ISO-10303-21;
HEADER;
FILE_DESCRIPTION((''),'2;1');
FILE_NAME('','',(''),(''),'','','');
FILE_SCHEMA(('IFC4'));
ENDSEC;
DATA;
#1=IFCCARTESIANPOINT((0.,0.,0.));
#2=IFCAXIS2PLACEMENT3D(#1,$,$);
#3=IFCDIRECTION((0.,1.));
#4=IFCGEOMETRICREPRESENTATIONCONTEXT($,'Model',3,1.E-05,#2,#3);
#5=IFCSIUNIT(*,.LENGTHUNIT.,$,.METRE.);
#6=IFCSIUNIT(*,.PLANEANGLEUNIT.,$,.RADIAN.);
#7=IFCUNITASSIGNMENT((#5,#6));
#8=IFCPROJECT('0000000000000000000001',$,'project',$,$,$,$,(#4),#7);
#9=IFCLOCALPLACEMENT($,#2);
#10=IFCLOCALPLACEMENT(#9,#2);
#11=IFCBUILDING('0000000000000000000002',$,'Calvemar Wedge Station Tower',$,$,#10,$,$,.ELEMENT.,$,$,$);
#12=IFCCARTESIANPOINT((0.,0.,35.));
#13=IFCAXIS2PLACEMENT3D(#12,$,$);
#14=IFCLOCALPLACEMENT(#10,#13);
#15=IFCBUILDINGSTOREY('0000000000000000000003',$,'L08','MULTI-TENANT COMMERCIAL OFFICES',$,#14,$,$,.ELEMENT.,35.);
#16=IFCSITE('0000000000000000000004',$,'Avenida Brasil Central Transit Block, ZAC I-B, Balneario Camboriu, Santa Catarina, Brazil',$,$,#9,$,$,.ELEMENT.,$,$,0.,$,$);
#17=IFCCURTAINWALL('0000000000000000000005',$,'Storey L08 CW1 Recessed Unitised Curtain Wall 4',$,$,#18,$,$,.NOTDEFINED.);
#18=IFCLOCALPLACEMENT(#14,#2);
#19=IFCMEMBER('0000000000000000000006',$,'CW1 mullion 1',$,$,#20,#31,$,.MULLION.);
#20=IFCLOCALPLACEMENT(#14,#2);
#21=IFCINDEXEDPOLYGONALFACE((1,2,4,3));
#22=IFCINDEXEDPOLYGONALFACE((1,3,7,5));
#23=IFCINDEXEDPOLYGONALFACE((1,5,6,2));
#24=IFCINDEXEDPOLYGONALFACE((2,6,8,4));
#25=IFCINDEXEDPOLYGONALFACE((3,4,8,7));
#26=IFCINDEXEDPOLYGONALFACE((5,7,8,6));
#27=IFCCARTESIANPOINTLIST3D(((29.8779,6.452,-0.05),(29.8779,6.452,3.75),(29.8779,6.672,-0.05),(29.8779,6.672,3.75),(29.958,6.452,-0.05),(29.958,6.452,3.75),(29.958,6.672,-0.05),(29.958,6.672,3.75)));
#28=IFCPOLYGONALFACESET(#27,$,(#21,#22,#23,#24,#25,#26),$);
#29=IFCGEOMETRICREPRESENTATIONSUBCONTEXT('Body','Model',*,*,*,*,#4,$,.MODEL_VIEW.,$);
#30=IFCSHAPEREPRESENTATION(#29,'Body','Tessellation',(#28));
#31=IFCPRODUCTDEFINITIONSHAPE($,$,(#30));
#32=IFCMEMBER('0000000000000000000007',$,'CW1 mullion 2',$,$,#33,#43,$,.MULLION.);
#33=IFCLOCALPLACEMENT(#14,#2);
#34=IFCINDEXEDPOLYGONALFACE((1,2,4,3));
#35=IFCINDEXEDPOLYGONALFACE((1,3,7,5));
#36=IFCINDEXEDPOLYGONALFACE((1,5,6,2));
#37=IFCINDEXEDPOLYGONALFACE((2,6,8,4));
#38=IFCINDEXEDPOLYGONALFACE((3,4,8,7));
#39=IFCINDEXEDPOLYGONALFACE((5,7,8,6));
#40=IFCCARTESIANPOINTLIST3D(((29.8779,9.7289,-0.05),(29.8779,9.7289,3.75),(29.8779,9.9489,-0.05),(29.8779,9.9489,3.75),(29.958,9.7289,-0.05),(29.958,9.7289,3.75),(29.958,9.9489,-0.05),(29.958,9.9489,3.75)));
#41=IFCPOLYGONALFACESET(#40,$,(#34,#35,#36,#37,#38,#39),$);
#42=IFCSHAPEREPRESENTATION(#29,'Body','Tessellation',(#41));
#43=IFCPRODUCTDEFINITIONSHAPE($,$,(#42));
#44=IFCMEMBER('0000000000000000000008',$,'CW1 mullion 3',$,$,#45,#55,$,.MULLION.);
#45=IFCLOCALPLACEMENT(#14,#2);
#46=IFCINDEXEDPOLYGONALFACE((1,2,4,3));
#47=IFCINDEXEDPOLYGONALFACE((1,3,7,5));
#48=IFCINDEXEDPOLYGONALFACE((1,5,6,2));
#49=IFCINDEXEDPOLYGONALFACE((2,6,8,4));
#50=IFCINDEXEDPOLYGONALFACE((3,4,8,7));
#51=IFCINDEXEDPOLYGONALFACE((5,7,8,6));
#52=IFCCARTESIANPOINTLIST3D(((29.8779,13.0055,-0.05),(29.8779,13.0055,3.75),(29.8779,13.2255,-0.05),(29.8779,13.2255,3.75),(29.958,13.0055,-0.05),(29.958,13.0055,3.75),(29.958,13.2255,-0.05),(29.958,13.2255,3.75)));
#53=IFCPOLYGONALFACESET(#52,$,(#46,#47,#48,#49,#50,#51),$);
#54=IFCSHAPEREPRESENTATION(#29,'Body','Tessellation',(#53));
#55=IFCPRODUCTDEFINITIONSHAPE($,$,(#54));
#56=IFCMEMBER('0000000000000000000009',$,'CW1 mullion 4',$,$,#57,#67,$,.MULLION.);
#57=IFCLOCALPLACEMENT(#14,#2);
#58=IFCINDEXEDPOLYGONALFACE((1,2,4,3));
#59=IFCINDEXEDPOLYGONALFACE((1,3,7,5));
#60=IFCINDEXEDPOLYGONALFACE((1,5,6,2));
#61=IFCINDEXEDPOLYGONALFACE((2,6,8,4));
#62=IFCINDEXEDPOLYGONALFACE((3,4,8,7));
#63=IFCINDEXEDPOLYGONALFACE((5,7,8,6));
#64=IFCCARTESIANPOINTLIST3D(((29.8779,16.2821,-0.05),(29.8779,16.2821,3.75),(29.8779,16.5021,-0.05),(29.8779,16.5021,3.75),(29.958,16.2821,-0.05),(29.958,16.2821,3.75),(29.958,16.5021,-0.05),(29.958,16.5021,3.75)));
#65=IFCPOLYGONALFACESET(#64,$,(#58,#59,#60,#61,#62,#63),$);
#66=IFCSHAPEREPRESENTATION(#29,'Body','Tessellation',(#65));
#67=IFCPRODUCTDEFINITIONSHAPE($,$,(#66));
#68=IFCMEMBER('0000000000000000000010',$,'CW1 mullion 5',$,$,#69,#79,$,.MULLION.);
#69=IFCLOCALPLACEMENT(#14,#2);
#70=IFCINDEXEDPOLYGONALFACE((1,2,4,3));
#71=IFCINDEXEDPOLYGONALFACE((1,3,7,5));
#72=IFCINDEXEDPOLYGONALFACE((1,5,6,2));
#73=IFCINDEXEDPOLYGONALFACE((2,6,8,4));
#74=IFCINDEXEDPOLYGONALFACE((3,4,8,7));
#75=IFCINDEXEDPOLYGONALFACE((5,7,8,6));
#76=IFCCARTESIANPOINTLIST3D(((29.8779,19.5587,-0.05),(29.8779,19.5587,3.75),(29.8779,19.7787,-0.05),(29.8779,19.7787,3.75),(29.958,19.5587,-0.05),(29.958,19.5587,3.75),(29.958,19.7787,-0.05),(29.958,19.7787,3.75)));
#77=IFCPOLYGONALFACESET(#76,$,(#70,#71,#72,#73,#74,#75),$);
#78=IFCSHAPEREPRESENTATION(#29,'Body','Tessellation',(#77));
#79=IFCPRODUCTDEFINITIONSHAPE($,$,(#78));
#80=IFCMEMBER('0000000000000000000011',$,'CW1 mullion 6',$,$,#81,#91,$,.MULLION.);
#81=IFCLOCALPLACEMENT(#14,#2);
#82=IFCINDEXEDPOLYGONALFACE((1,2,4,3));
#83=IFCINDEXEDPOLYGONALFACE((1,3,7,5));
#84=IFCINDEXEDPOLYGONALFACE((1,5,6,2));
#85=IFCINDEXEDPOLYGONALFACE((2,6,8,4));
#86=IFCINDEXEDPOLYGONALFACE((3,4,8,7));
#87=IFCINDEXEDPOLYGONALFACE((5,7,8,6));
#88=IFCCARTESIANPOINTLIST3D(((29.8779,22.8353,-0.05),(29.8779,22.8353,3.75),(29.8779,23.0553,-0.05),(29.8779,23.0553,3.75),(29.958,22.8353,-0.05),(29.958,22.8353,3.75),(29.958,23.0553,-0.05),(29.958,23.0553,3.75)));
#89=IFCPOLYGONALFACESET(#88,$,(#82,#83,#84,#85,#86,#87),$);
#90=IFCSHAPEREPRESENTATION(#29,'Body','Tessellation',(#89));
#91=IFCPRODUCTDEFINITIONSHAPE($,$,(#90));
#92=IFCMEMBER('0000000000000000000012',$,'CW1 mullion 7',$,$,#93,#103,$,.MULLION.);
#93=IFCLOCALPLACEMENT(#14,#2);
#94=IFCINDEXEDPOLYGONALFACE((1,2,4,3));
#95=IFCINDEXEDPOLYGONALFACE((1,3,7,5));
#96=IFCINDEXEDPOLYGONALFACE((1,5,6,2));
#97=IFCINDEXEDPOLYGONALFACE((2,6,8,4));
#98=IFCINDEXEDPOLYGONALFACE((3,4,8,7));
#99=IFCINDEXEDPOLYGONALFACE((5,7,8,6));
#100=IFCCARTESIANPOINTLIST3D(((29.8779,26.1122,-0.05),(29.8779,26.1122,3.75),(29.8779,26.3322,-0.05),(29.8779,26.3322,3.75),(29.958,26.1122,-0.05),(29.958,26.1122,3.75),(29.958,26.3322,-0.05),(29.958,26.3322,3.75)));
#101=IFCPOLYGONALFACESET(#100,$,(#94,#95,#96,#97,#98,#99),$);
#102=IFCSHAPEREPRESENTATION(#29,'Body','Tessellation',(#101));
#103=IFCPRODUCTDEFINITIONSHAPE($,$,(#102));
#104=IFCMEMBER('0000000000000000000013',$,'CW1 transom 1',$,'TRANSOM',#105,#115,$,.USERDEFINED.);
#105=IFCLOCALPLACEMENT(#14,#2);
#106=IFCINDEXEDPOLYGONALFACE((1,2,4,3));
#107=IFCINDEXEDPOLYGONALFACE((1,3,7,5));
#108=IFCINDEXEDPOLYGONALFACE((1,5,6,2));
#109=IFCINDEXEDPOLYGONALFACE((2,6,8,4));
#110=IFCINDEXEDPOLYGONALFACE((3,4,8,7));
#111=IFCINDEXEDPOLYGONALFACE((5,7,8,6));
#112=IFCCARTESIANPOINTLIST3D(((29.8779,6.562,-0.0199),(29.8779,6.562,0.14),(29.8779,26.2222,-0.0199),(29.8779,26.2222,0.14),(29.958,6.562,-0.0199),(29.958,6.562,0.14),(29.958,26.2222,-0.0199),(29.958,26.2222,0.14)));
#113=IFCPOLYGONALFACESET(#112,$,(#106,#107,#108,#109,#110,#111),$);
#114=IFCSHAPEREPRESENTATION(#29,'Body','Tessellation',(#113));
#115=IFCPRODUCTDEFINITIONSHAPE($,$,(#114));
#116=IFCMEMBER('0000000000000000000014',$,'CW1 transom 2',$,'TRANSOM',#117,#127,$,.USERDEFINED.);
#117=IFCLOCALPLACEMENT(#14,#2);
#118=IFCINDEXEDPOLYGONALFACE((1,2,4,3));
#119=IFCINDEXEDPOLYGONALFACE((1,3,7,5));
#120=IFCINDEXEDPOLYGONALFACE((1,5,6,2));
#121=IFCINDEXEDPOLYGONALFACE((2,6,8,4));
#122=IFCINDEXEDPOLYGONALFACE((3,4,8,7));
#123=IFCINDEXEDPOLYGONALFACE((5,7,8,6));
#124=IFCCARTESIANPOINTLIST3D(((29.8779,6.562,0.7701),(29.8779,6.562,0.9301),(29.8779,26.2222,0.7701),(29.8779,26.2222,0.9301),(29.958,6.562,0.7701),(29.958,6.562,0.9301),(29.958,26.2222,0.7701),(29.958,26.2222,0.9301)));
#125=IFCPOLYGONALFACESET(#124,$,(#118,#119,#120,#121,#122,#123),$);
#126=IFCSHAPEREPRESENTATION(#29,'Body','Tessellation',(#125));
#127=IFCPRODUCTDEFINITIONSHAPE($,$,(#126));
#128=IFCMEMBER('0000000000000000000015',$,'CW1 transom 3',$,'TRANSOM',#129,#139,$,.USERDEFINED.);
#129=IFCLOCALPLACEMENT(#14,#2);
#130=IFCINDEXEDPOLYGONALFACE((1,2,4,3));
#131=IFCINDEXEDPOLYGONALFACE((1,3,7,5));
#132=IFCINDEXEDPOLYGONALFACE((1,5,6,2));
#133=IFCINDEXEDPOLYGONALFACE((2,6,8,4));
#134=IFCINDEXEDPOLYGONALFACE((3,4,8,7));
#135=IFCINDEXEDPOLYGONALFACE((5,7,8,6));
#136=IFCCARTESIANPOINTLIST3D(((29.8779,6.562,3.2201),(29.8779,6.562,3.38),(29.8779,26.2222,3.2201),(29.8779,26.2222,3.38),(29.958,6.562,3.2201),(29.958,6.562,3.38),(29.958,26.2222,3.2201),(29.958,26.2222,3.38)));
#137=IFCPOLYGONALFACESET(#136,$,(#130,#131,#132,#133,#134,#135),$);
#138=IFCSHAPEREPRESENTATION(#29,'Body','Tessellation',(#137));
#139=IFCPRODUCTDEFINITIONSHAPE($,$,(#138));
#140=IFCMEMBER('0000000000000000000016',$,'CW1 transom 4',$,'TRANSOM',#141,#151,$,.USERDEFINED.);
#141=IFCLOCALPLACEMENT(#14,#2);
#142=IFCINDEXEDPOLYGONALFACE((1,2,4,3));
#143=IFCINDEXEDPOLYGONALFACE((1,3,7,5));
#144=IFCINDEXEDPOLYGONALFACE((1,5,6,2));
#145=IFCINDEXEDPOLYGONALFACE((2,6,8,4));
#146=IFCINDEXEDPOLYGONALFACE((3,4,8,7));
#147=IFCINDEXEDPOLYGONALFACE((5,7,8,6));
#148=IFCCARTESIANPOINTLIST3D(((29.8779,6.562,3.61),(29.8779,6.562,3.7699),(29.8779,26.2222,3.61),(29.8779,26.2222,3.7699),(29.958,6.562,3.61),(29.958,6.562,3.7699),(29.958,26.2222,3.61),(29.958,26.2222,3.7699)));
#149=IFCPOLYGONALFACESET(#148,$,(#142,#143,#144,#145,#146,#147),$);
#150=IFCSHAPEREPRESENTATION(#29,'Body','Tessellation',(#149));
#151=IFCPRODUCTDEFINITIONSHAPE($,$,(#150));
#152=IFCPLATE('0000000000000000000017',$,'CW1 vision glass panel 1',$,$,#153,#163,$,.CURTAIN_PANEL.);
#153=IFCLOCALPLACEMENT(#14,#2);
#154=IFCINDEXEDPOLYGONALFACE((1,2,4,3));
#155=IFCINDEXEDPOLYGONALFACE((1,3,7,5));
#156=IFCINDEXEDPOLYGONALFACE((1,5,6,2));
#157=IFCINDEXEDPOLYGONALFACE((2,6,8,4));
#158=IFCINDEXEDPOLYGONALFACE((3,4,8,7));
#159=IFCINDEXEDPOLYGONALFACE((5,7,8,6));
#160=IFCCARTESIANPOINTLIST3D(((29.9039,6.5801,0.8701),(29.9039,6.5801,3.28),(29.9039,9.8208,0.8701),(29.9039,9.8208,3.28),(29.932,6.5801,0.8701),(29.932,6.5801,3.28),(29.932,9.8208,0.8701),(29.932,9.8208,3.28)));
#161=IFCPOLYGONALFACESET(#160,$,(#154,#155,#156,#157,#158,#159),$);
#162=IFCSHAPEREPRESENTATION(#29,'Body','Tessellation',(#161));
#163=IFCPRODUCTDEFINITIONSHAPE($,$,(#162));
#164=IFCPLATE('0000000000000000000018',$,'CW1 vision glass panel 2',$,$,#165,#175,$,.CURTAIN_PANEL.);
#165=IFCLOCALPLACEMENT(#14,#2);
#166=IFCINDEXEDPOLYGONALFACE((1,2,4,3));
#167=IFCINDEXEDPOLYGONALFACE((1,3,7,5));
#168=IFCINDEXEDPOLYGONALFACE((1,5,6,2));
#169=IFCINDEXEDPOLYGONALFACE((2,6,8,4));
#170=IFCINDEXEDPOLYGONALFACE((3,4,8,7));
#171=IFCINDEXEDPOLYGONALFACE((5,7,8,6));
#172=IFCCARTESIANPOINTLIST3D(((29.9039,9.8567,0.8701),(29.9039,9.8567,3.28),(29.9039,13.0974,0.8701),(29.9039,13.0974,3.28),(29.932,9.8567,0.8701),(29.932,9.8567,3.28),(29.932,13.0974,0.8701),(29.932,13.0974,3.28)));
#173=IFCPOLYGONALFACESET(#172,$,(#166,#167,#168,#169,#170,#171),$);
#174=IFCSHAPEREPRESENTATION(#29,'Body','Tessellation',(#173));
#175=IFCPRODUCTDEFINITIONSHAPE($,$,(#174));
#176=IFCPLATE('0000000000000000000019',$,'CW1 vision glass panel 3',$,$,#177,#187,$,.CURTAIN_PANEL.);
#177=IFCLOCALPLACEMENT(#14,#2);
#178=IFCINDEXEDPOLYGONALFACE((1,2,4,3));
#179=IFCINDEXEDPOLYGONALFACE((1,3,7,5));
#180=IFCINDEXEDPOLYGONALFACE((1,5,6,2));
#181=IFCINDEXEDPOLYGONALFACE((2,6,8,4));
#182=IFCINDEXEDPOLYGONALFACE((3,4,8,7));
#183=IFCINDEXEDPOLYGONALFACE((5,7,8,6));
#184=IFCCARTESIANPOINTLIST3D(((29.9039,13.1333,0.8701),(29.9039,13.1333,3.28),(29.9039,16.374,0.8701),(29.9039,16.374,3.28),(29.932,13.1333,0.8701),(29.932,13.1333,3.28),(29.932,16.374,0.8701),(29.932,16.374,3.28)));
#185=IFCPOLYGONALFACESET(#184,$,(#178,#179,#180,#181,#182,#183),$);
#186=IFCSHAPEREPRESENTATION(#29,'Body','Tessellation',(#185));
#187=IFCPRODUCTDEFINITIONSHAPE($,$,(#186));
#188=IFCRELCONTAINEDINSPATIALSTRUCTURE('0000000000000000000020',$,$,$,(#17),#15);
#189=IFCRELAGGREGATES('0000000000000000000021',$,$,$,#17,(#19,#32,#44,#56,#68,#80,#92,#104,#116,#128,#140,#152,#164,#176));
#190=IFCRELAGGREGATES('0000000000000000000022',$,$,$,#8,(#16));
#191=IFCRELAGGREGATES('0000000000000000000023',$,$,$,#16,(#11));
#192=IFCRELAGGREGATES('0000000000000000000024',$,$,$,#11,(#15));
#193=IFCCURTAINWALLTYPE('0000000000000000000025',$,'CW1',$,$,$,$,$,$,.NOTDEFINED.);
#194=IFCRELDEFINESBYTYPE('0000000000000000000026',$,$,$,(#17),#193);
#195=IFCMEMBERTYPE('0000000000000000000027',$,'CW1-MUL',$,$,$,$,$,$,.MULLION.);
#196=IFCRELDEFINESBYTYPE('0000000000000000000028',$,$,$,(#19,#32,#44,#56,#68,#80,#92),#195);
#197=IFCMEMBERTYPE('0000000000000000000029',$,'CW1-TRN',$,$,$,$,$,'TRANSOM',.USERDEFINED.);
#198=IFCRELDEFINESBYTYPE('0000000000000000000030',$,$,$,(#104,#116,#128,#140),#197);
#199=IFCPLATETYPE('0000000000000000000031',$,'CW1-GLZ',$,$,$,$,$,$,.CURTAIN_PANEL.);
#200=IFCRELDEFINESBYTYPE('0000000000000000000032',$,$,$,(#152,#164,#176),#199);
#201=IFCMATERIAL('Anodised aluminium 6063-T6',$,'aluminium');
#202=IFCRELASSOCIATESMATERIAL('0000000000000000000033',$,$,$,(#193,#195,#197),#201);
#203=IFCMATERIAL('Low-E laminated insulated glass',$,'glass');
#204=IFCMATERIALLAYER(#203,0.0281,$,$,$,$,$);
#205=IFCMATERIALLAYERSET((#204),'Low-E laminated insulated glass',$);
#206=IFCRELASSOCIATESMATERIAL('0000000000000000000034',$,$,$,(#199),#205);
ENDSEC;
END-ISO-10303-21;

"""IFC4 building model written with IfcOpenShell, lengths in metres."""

from ifc_helpers import new_model, si_unit, direction, frame, frame_2d, origin, origin_2d, place, context, subcontext, project, spatial, rectangle, extrude, source, transform, mapped, material, layer, layer_set, material_profile, profile_set, type_object, element, aggregate, save


model = new_model("IFC4")

# Units and contexts
model_context = context("Model", 3, precision=1e-05, world=origin(), true_north=direction((0.0, 1.0)))
body_context = subcontext(model_context, "Body", "Model", "MODEL_VIEW")
ifc_project = project(units=[si_unit("LENGTHUNIT", "METRE"), si_unit("PLANEANGLEUNIT", "RADIAN")], contexts=[model_context])

# Site, building, storey
site_placement = place(None, origin())
site = spatial("IfcSite", under=ifc_project, at=site_placement, Name="Avenida Brasil Central Transit Block, ZAC I-B, Balneario Camboriu, Santa Catarina, Brazil", CompositionType="ELEMENT", RefElevation=0.0)
building_placement = place(site_placement, origin())
building = spatial("IfcBuilding", under=site, at=building_placement, Name="Calvemar Wedge Station Tower", CompositionType="ELEMENT")
storey_placement = place(building_placement, frame((0.0, 0.0, 35.0)))
storey = spatial("IfcBuildingStorey", under=building, at=storey_placement, Name="L08", Description="MULTI-TENANT COMMERCIAL OFFICES", CompositionType="ELEMENT", Elevation=35.0)

# Curtain wall, members, plates
ifc_material_1 = material(Name="Anodised aluminium 6063-T6", Category="aluminium")
curtain_wall_type = type_object("IfcCurtainWallType", Name="CW1", PredefinedType="NOTDEFINED", material=ifc_material_1)
curtain_wall_placement = place(storey_placement, origin())
curtain_wall = element("IfcCurtainWall", 1, at=curtain_wall_placement, inside=storey, type_object=curtain_wall_type, Name="Storey L08 CW1 Recessed Unitised Curtain Wall 4", PredefinedType="NOTDEFINED")
ifc_material_profile_1 = material_profile(ifc_material_1, rectangle(XDim=0.0801, YDim=0.22, at=origin_2d()), Name="AL-MUL-80x220")
ifc_profile_set_1 = profile_set([ifc_material_profile_1], Name="Anodised aluminium 6063-T6")
member_type_1 = type_object("IfcMemberType", Name="CW1-MUL", PredefinedType="MULLION", material=ifc_profile_set_1)
shared_shape_1 = source(origin(), body_context, "Body", "SweptSolid", [
    extrude(rectangle(XDim=0.0801, YDim=0.22, at=origin_2d()), origin(), (0.0, 0.0, 1.0), 3.8),
])
member_1_placement = place(storey_placement, frame((29.918, 6.562, -0.05), z_axis=(0.0, 0.0, 1.0), x_axis=(1.0, 0.0, 0.0)))
member_1 = element("IfcMember", 2, at=member_1_placement, type_object=member_type_1, Name="CW1 mullion 1", PredefinedType="MULLION", context=body_context, shape_type="MappedRepresentation", body=[
    mapped(shared_shape_1, transform((0.0, 0.0, 0.0), scale=1.0)),
])
member_2_placement = place(storey_placement, frame((29.918, 9.8389, -0.05), z_axis=(0.0, 0.0, 1.0), x_axis=(1.0, 0.0, 0.0)))
member_2 = element("IfcMember", 3, at=member_2_placement, type_object=member_type_1, Name="CW1 mullion 2", PredefinedType="MULLION", context=body_context, shape_type="MappedRepresentation", body=[
    mapped(shared_shape_1, transform((0.0, 0.0, 0.0), scale=1.0)),
])
member_3_placement = place(storey_placement, frame((29.918, 13.1155, -0.05), z_axis=(0.0, 0.0, 1.0), x_axis=(1.0, 0.0, 0.0)))
member_3 = element("IfcMember", 4, at=member_3_placement, type_object=member_type_1, Name="CW1 mullion 3", PredefinedType="MULLION", context=body_context, shape_type="MappedRepresentation", body=[
    mapped(shared_shape_1, transform((0.0, 0.0, 0.0), scale=1.0)),
])
member_4_placement = place(storey_placement, frame((29.918, 16.3921, -0.05), z_axis=(0.0, 0.0, 1.0), x_axis=(1.0, 0.0, 0.0)))
member_4 = element("IfcMember", 5, at=member_4_placement, type_object=member_type_1, Name="CW1 mullion 4", PredefinedType="MULLION", context=body_context, shape_type="MappedRepresentation", body=[
    mapped(shared_shape_1, transform((0.0, 0.0, 0.0), scale=1.0)),
])
member_5_placement = place(storey_placement, frame((29.918, 19.6687, -0.05), z_axis=(0.0, 0.0, 1.0), x_axis=(1.0, 0.0, 0.0)))
member_5 = element("IfcMember", 6, at=member_5_placement, type_object=member_type_1, Name="CW1 mullion 5", PredefinedType="MULLION", context=body_context, shape_type="MappedRepresentation", body=[
    mapped(shared_shape_1, transform((0.0, 0.0, 0.0), scale=1.0)),
])
member_6_placement = place(storey_placement, frame((29.918, 22.9453, -0.05), z_axis=(0.0, 0.0, 1.0), x_axis=(1.0, 0.0, 0.0)))
member_6 = element("IfcMember", 7, at=member_6_placement, type_object=member_type_1, Name="CW1 mullion 6", PredefinedType="MULLION", context=body_context, shape_type="MappedRepresentation", body=[
    mapped(shared_shape_1, transform((0.0, 0.0, 0.0), scale=1.0)),
])
member_7_placement = place(storey_placement, frame((29.918, 26.2222, -0.05), z_axis=(0.0, 0.0, 1.0), x_axis=(1.0, 0.0, 0.0)))
member_7 = element("IfcMember", 8, at=member_7_placement, type_object=member_type_1, Name="CW1 mullion 7", PredefinedType="MULLION", context=body_context, shape_type="MappedRepresentation", body=[
    mapped(shared_shape_1, transform((0.0, 0.0, 0.0), scale=1.0)),
])
ifc_material_profile_2 = material_profile(ifc_material_1, rectangle(XDim=0.0801, YDim=0.1599, at=origin_2d()), Name="AL-TRN-80x160")
ifc_profile_set_2 = profile_set([ifc_material_profile_2], Name="Anodised aluminium 6063-T6")
member_type_2 = type_object("IfcMemberType", Name="CW1-TRN", ElementType="TRANSOM", PredefinedType="USERDEFINED", material=ifc_profile_set_2)
shared_shape_2 = source(origin(), body_context, "Body", "SweptSolid", [
    extrude(rectangle(XDim=0.0801, YDim=0.1599, at=origin_2d()), origin(), (0.0, 0.0, 1.0), 19.6602),
])
member_8_placement = place(storey_placement, frame((29.918, 6.562, 0.0601), z_axis=(0.0, 1.0, 0.0), x_axis=(-1.0, 0.0, 0.0)))
member_8 = element("IfcMember", 9, at=member_8_placement, type_object=member_type_2, Name="CW1 transom 1", ObjectType="TRANSOM", PredefinedType="USERDEFINED", context=body_context, shape_type="MappedRepresentation", body=[
    mapped(shared_shape_2, transform((0.0, 0.0, 0.0), scale=1.0)),
])
member_9_placement = place(storey_placement, frame((29.918, 6.562, 0.8501), z_axis=(0.0, 1.0, 0.0), x_axis=(-1.0, 0.0, 0.0)))
member_9 = element("IfcMember", 10, at=member_9_placement, type_object=member_type_2, Name="CW1 transom 2", ObjectType="TRANSOM", PredefinedType="USERDEFINED", context=body_context, shape_type="MappedRepresentation", body=[
    mapped(shared_shape_2, transform((0.0, 0.0, 0.0), scale=1.0)),
])
member_10_placement = place(storey_placement, frame((29.918, 6.562, 3.3), z_axis=(0.0, 1.0, 0.0), x_axis=(-1.0, 0.0, 0.0)))
member_10 = element("IfcMember", 11, at=member_10_placement, type_object=member_type_2, Name="CW1 transom 3", ObjectType="TRANSOM", PredefinedType="USERDEFINED", context=body_context, shape_type="MappedRepresentation", body=[
    mapped(shared_shape_2, transform((0.0, 0.0, 0.0), scale=1.0)),
])
member_11_placement = place(storey_placement, frame((29.918, 6.562, 3.6899), z_axis=(0.0, 1.0, 0.0), x_axis=(-1.0, 0.0, 0.0)))
member_11 = element("IfcMember", 12, at=member_11_placement, type_object=member_type_2, Name="CW1 transom 4", ObjectType="TRANSOM", PredefinedType="USERDEFINED", context=body_context, shape_type="MappedRepresentation", body=[
    mapped(shared_shape_2, transform((0.0, 0.0, 0.0), scale=1.0)),
])
ifc_material_2 = material(Name="Low-E laminated insulated glass", Category="glass")
ifc_layer_1 = layer(ifc_material_2, 0.0281)
ifc_layer_set_1 = layer_set([ifc_layer_1], Name="Low-E laminated insulated glass")
plate_type_1 = type_object("IfcPlateType", Name="CW1-GLZ", PredefinedType="CURTAIN_PANEL", material=ifc_layer_set_1)
plate_1_placement = place(storey_placement, frame((29.918, 6.5801, 0.8701), z_axis=(0.0, 0.0, 1.0), x_axis=(0.0, 1.0, 0.0)))
plate_1 = element("IfcPlate", 13, at=plate_1_placement, type_object=plate_type_1, Name="CW1 vision glass panel 1", PredefinedType="CURTAIN_PANEL", context=body_context, shape_type="SweptSolid", body=[
    extrude(rectangle(XDim=3.2407, YDim=0.0281, at=frame_2d((1.6204, 0.0))), origin(), (0.0, 0.0, 1.0), 2.4099),
])
plate_2_placement = place(storey_placement, frame((29.918, 9.8567, 0.8701), z_axis=(0.0, 0.0, 1.0), x_axis=(0.0, 1.0, 0.0)))
plate_2 = element("IfcPlate", 14, at=plate_2_placement, type_object=plate_type_1, Name="CW1 vision glass panel 2", PredefinedType="CURTAIN_PANEL", context=body_context, shape_type="SweptSolid", body=[
    extrude(rectangle(XDim=3.2407, YDim=0.0281, at=frame_2d((1.6204, 0.0))), origin(), (0.0, 0.0, 1.0), 2.4099),
])
plate_3_placement = place(storey_placement, frame((29.918, 13.1333, 0.8701), z_axis=(0.0, 0.0, 1.0), x_axis=(0.0, 1.0, 0.0)))
plate_3 = element("IfcPlate", 15, at=plate_3_placement, type_object=plate_type_1, Name="CW1 vision glass panel 3", PredefinedType="CURTAIN_PANEL", context=body_context, shape_type="SweptSolid", body=[
    extrude(rectangle(XDim=3.2407, YDim=0.0281, at=frame_2d((1.6204, 0.0))), origin(), (0.0, 0.0, 1.0), 2.4099),
])
aggregate(curtain_wall, [member_1, member_2, member_3, member_4, member_5, member_6, member_7, member_8, member_9, member_10, member_11, plate_1, plate_2, plate_3])

save(model, "model.ifc")
